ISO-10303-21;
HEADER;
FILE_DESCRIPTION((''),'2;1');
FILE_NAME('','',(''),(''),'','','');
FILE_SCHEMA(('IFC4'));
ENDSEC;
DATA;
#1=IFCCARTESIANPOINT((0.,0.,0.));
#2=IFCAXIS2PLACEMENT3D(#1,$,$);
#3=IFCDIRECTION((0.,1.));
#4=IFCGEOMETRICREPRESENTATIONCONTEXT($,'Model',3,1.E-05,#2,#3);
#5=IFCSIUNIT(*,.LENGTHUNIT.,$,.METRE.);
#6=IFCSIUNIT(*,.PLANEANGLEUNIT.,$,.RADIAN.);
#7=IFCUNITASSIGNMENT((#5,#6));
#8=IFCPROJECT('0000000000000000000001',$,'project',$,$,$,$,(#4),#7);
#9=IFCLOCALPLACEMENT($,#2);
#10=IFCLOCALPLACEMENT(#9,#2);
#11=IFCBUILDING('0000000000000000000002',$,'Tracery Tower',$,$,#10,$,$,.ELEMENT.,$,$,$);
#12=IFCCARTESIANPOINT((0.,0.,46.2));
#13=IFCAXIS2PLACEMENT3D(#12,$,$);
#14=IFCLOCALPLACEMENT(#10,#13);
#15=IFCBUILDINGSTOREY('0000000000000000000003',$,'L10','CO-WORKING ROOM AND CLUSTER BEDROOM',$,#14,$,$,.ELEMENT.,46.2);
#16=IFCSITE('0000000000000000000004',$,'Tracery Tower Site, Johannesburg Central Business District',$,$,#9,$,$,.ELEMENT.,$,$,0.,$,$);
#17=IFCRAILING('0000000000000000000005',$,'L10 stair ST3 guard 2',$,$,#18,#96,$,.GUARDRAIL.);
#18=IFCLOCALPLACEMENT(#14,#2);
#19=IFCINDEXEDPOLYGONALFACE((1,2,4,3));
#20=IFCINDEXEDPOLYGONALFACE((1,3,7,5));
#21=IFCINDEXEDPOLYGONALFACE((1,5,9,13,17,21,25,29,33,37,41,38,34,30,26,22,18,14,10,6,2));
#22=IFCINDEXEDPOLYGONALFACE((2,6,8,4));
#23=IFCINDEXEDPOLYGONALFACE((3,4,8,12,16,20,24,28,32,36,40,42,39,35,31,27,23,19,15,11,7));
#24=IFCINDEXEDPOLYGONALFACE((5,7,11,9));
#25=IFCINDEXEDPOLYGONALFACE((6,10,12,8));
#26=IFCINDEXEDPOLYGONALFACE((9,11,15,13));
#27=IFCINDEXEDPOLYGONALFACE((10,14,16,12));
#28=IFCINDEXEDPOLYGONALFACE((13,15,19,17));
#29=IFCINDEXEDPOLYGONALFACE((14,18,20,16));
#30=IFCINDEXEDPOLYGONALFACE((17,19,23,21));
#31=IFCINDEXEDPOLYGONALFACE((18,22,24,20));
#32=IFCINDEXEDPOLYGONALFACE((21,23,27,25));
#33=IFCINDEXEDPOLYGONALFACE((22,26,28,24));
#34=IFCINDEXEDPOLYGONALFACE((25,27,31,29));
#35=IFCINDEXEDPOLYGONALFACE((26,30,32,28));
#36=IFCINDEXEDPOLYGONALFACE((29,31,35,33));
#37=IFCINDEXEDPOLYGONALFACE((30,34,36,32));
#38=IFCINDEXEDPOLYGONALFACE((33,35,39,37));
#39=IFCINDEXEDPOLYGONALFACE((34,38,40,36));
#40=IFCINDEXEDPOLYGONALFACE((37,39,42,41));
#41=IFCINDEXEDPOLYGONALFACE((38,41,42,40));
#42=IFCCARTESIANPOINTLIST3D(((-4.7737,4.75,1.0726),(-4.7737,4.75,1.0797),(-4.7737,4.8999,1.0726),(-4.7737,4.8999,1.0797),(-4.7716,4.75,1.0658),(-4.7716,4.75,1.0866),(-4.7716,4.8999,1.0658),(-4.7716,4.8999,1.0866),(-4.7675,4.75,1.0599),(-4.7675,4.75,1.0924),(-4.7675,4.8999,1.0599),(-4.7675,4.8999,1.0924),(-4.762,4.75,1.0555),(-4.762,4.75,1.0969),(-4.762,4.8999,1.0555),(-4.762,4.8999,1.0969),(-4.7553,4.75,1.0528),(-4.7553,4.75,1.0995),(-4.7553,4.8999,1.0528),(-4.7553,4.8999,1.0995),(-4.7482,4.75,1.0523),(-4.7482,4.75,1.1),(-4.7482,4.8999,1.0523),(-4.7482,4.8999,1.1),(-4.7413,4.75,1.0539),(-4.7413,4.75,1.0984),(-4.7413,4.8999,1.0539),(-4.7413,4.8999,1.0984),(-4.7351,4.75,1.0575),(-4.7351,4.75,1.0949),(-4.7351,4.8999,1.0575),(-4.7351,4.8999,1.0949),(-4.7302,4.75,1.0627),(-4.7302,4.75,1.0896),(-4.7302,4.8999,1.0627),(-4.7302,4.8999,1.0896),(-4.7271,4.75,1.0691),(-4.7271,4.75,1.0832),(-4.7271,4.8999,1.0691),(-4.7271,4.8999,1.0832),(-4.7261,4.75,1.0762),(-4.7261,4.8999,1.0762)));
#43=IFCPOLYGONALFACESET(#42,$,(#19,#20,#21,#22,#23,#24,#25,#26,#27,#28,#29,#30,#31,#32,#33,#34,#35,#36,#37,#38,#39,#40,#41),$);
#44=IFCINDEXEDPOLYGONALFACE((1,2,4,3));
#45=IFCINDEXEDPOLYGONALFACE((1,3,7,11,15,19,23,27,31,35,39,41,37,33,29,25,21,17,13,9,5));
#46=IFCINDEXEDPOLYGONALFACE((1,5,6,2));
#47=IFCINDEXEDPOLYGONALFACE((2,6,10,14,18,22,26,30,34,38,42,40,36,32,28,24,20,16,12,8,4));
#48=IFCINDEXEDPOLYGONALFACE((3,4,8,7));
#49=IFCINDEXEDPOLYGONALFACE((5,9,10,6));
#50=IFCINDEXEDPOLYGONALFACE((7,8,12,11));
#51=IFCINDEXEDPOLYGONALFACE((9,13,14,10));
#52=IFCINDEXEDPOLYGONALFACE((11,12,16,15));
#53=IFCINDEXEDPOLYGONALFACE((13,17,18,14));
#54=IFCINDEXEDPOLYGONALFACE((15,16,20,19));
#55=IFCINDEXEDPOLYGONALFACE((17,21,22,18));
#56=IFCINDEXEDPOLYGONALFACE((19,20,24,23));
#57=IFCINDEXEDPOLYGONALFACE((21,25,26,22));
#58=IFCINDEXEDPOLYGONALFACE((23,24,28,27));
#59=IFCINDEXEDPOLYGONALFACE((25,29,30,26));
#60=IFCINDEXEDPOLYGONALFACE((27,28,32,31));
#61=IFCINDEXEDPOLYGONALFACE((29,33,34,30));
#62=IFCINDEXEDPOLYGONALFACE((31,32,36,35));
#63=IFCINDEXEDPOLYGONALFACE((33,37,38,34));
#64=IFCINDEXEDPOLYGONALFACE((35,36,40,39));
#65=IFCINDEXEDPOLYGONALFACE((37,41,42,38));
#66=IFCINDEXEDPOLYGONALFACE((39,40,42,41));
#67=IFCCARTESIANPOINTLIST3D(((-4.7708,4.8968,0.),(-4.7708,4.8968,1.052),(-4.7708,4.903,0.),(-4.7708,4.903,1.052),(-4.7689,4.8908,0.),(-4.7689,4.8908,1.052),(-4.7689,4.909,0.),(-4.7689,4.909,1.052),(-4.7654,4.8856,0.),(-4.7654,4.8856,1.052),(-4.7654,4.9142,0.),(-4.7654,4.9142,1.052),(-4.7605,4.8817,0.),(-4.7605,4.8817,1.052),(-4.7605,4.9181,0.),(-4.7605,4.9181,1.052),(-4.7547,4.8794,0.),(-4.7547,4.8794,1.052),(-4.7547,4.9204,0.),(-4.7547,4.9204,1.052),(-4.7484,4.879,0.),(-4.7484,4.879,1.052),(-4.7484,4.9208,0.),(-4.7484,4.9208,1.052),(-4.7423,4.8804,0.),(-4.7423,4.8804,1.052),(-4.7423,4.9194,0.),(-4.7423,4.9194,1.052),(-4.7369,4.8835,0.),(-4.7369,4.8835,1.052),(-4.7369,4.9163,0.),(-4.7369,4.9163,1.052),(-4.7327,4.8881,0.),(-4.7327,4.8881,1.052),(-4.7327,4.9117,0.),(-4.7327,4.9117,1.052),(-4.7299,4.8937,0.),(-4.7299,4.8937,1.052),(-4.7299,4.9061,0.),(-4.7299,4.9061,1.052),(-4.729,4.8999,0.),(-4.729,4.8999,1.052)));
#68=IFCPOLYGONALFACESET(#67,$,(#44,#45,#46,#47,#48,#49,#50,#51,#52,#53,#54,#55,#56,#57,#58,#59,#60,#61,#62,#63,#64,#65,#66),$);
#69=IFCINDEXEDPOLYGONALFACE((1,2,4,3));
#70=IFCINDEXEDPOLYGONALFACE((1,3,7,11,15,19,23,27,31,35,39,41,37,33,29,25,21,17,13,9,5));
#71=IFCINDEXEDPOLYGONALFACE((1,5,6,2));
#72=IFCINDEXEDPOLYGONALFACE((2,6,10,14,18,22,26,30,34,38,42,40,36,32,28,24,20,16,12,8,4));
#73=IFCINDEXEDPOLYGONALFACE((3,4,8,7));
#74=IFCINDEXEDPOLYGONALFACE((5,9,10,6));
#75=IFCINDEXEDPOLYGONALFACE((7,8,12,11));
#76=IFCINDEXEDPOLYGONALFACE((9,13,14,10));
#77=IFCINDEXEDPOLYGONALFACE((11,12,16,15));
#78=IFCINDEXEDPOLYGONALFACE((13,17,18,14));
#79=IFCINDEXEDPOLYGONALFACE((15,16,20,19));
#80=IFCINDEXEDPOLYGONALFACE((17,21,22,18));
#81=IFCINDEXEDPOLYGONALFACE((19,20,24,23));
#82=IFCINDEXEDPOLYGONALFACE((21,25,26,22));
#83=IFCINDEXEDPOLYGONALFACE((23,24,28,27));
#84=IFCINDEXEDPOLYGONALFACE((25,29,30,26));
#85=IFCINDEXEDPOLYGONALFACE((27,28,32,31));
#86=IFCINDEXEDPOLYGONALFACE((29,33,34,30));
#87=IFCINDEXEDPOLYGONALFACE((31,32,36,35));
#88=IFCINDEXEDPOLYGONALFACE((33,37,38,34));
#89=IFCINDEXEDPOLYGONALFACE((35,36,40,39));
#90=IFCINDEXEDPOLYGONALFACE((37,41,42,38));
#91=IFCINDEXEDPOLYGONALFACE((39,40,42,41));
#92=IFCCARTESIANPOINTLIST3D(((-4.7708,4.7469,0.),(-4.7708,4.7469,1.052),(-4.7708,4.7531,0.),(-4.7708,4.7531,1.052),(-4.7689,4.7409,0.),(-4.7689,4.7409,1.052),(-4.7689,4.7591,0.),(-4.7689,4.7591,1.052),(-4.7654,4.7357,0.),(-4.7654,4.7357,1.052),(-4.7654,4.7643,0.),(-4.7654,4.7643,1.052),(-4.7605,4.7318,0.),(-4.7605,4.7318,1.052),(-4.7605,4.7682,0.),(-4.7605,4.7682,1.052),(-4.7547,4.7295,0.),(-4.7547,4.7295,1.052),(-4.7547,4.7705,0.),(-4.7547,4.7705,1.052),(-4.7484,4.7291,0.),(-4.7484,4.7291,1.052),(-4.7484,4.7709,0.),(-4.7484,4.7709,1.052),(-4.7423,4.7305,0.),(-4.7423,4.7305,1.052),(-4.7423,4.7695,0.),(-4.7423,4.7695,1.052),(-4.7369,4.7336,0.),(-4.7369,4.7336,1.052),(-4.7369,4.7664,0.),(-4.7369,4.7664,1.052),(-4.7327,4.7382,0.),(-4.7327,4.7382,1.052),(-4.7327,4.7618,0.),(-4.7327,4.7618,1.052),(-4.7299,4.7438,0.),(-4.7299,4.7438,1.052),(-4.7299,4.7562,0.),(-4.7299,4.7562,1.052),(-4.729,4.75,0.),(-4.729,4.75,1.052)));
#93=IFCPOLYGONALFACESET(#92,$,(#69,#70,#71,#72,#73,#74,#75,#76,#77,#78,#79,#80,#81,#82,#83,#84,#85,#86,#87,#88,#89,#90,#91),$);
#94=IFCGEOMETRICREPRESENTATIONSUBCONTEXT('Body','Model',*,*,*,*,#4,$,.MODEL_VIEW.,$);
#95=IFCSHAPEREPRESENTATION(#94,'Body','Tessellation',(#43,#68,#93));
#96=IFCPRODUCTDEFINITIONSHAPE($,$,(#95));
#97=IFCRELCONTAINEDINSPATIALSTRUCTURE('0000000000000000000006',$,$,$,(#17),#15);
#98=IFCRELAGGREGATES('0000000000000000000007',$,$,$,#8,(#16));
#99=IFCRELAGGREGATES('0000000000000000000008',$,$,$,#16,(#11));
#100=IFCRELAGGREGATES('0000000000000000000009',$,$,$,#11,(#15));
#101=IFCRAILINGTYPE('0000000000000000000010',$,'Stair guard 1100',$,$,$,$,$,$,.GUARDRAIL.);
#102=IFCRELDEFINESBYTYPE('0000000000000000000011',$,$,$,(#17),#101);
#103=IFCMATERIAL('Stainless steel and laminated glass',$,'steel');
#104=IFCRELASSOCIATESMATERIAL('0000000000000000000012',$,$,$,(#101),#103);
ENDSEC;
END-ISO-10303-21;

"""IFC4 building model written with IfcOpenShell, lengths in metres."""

from ifc_helpers import new_model, si_unit, direction, frame, origin, origin_2d, place, context, subcontext, project, spatial, circle, extrude, material, type_object, element, save


model = new_model("IFC4")

# Units and contexts
model_context = context("Model", 3, precision=1e-05, world=origin(), true_north=direction((0.0, 1.0)))
body_context = subcontext(model_context, "Body", "Model", "MODEL_VIEW")
ifc_project = project(units=[si_unit("LENGTHUNIT", "METRE"), si_unit("PLANEANGLEUNIT", "RADIAN")], contexts=[model_context])

# Site, building, storey
site_placement = place(None, origin())
site = spatial("IfcSite", under=ifc_project, at=site_placement, Name="Tracery Tower Site, Johannesburg Central Business District", CompositionType="ELEMENT", RefElevation=0.0)
building_placement = place(site_placement, origin())
building = spatial("IfcBuilding", under=site, at=building_placement, Name="Tracery Tower", CompositionType="ELEMENT")
storey_placement = place(building_placement, frame((0.0, 0.0, 46.2)))
storey = spatial("IfcBuildingStorey", under=building, at=storey_placement, Name="L10", Description="CO-WORKING ROOM AND CLUSTER BEDROOM", CompositionType="ELEMENT", Elevation=46.2)

# Railing
ifc_material_1 = material(Name="Stainless steel and laminated glass", Category="steel")
railing_type_1 = type_object("IfcRailingType", Name="Stair guard 1100", PredefinedType="GUARDRAIL", material=ifc_material_1)
railing_1_placement = place(storey_placement, frame((-4.75, 4.8999, 0.0)))
element("IfcRailing", 1, at=railing_1_placement, inside=storey, type_object=railing_type_1, Name="L10 stair ST3 guard 2", PredefinedType="GUARDRAIL", context=body_context, shape_type="SweptSolid", body=[
    extrude(circle(Radius=0.0239, at=origin_2d()), frame((0.0, 0.0, 1.0762), z_axis=(0.0, -1.0, 0.0), x_axis=(1.0, 0.0, 0.0)), (0.0, 0.0, 1.0), 0.1499),
    extrude(circle(Radius=0.021, at=origin_2d()), origin(), (0.0, 0.0, 1.0), 1.052),
    extrude(circle(Radius=0.021, at=origin_2d()), frame((0.0, -0.1499, 0.0)), (0.0, 0.0, 1.0), 1.052),
])

save(model, "model.ifc")
